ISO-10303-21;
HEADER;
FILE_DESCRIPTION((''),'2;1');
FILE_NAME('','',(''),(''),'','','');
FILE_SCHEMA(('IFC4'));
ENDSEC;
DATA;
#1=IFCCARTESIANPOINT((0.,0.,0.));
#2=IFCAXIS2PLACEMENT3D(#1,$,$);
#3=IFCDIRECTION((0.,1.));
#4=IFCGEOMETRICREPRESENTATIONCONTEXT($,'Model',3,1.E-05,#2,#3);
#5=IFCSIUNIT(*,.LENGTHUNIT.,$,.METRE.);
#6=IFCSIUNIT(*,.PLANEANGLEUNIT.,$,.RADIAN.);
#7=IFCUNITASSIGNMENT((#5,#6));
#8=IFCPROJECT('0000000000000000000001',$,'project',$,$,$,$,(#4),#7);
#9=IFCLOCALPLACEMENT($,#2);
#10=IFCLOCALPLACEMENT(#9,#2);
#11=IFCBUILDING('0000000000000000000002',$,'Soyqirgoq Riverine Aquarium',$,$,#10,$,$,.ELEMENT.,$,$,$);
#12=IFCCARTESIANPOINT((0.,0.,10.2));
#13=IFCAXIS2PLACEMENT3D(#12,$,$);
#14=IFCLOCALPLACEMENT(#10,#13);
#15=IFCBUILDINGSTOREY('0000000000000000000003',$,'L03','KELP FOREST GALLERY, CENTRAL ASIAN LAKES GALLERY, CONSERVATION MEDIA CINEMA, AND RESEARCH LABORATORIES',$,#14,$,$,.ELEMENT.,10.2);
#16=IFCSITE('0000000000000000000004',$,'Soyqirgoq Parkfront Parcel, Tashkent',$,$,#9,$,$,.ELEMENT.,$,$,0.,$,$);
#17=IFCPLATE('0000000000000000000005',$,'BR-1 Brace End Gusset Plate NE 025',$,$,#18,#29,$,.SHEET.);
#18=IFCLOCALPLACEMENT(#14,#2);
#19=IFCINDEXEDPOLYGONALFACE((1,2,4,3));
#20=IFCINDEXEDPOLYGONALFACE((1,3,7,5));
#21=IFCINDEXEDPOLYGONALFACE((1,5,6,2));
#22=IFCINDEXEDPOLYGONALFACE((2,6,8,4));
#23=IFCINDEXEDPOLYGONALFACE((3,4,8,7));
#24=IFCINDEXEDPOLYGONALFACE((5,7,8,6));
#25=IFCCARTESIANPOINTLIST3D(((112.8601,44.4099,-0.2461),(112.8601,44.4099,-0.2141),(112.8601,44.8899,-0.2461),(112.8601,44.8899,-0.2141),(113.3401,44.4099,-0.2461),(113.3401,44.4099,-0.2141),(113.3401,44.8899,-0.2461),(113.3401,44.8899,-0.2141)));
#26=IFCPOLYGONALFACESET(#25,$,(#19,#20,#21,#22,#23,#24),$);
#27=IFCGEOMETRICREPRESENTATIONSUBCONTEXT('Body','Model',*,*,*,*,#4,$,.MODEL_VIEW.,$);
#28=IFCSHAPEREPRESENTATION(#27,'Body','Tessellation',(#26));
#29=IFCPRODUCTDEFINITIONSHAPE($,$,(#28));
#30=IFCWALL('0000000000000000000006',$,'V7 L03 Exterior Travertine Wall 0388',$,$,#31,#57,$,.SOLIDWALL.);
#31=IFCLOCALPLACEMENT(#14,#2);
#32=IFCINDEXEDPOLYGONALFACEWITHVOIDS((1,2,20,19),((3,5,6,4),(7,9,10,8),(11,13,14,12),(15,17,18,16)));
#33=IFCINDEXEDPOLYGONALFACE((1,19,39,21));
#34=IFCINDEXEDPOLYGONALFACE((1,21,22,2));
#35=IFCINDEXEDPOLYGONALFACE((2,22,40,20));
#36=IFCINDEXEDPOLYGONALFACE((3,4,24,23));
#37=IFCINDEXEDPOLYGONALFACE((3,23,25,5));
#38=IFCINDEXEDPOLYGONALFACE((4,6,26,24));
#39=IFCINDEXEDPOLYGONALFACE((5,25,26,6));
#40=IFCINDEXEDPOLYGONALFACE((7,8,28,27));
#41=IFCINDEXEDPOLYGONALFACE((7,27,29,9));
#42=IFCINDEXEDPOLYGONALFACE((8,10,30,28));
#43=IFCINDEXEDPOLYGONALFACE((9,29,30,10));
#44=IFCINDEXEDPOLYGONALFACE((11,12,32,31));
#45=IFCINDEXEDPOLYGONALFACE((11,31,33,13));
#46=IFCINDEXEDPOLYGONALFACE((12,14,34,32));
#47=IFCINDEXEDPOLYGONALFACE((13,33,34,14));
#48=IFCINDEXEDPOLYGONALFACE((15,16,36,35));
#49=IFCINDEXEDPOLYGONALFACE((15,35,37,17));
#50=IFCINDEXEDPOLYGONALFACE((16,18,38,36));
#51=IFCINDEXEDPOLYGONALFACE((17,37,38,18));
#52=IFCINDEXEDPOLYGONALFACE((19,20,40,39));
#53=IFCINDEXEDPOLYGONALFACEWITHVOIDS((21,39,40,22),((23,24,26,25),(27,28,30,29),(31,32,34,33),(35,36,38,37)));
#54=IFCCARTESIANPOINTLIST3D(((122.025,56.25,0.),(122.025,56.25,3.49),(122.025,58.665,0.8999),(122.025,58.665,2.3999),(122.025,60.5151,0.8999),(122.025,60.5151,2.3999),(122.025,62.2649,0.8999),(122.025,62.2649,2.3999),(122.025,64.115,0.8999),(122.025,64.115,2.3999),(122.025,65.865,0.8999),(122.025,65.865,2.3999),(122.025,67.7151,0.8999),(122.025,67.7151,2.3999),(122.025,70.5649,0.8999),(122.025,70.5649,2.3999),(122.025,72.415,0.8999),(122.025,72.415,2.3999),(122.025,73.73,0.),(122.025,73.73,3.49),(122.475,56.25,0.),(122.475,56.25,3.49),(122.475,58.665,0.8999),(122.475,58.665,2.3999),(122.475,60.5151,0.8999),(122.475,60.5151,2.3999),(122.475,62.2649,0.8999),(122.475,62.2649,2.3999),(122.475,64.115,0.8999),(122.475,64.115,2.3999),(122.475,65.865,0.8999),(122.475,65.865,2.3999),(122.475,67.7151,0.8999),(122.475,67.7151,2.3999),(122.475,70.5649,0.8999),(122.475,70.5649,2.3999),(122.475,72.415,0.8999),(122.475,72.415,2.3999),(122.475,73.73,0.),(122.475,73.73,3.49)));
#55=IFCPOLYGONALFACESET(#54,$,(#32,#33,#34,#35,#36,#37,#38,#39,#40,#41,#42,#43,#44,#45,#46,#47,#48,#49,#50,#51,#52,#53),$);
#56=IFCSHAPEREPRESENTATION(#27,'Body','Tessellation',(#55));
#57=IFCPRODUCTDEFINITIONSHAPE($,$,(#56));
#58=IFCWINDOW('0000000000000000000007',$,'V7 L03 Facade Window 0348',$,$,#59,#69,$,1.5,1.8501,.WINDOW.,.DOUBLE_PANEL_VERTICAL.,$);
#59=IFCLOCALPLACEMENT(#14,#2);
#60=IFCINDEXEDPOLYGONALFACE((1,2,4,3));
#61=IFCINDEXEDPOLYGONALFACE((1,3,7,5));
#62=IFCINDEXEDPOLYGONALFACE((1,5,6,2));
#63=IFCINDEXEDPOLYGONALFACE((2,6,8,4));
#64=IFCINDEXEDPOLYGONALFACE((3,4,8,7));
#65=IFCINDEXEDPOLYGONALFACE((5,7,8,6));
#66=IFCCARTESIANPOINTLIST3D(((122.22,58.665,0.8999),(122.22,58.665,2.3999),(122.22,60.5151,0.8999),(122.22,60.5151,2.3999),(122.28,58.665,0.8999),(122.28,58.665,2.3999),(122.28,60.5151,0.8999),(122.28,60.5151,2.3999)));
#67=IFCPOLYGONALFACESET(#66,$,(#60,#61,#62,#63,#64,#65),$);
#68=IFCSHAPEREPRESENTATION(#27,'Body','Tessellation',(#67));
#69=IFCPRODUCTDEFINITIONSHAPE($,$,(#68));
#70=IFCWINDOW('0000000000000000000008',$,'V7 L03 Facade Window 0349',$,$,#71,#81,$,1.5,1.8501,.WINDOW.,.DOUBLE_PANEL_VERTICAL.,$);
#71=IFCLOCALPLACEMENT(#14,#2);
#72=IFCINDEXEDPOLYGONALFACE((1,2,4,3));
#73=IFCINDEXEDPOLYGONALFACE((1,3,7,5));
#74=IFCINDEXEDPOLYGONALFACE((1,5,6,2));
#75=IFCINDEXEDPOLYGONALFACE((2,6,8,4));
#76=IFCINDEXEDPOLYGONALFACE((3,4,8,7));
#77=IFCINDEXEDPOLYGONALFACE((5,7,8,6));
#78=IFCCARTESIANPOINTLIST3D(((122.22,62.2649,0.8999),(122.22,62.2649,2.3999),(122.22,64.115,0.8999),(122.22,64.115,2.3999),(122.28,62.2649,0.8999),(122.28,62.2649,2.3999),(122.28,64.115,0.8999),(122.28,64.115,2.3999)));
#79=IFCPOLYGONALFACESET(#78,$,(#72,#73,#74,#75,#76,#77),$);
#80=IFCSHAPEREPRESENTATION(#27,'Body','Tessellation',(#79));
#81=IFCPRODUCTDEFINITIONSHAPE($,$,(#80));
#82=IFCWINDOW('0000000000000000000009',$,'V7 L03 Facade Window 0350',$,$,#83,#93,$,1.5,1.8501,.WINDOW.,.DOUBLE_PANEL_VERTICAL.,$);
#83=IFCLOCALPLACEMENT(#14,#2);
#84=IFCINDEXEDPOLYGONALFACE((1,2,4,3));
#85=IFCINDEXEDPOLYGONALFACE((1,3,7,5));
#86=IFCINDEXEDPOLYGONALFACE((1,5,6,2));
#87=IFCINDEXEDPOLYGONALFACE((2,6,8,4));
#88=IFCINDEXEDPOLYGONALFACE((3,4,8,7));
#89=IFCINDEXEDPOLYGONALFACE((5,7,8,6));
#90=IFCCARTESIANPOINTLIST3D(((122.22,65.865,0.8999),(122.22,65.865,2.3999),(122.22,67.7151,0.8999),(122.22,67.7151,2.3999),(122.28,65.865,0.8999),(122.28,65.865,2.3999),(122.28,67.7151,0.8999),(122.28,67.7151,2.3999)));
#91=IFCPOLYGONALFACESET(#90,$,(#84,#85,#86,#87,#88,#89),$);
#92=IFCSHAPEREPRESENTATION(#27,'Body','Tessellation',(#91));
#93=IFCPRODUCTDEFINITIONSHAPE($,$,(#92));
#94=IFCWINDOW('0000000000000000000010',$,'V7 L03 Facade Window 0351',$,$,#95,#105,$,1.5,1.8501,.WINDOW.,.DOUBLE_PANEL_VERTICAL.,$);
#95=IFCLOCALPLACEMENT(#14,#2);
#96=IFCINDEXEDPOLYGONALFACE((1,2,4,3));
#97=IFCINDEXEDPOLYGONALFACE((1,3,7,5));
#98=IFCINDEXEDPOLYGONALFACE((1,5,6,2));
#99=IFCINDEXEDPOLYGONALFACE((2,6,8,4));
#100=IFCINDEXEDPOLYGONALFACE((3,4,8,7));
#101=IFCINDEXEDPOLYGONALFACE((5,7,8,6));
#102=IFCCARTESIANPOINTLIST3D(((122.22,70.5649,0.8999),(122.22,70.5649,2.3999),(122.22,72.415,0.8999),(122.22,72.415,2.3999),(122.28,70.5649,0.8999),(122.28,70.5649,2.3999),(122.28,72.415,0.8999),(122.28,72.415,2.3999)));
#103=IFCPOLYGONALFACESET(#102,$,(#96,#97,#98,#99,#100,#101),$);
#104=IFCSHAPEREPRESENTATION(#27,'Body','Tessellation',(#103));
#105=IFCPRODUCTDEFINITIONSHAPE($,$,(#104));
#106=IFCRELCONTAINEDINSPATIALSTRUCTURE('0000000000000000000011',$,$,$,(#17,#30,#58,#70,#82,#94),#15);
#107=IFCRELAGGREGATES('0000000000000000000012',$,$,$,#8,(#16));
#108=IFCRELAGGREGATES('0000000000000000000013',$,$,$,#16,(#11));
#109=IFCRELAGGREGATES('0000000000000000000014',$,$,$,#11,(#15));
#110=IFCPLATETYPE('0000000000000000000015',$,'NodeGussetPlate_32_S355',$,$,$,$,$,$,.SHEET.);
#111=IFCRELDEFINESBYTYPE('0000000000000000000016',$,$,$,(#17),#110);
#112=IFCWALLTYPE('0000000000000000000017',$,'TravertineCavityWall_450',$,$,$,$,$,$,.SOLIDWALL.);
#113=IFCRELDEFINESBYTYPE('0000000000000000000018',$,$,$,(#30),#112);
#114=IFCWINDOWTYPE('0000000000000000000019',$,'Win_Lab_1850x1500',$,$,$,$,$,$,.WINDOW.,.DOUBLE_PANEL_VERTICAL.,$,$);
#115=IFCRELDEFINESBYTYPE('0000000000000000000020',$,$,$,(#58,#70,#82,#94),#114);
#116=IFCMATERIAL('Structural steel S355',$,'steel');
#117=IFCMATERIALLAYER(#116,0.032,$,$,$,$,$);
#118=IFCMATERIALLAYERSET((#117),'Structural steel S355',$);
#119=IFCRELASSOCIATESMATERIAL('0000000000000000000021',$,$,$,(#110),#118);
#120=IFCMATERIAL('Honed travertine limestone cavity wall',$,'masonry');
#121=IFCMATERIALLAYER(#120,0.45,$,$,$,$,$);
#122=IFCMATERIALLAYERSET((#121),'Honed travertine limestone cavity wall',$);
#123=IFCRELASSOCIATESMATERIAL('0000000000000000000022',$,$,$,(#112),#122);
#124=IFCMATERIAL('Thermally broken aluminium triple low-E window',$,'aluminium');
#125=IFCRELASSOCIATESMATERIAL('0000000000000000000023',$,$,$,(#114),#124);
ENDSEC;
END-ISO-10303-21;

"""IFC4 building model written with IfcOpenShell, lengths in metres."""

from ifc_helpers import new_model, si_unit, direction, frame, frame_2d, origin, origin_2d, place, context, subcontext, project, spatial, rectangle, extrude, material, layer, layer_set, type_object, element, fill, save


model = new_model("IFC4")

# Units and contexts
model_context = context("Model", 3, precision=1e-05, world=origin(), true_north=direction((0.0, 1.0)))
body_context = subcontext(model_context, "Body", "Model", "MODEL_VIEW")
ifc_project = project(units=[si_unit("LENGTHUNIT", "METRE"), si_unit("PLANEANGLEUNIT", "RADIAN")], contexts=[model_context])

# Site, building, storey
site_placement = place(None, origin())
site = spatial("IfcSite", under=ifc_project, at=site_placement, Name="Soyqirgoq Parkfront Parcel, Tashkent", CompositionType="ELEMENT", RefElevation=0.0)
building_placement = place(site_placement, origin())
building = spatial("IfcBuilding", under=site, at=building_placement, Name="Soyqirgoq Riverine Aquarium", CompositionType="ELEMENT")
storey_placement = place(building_placement, frame((0.0, 0.0, 10.2)))
storey = spatial("IfcBuildingStorey", under=building, at=storey_placement, Name="L03", Description="KELP FOREST GALLERY, CENTRAL ASIAN LAKES GALLERY, CONSERVATION MEDIA CINEMA, AND RESEARCH LABORATORIES", CompositionType="ELEMENT", Elevation=10.2)

# Plate
ifc_material_1 = material(Name="Structural steel S355", Category="steel")
ifc_layer_1 = layer(ifc_material_1, 0.032)
ifc_layer_set_1 = layer_set([ifc_layer_1], Name="Structural steel S355")
plate_type_1 = type_object("IfcPlateType", Name="NodeGussetPlate_32_S355", PredefinedType="SHEET", material=ifc_layer_set_1)
for number, where, z_axis, x_axis, name in (
    (1, (113.1001, 44.6499, -0.2461), (0.0, 0.0, 1.0), (1.0, 0.0, 0.0), "BR-1 Brace End Gusset Plate NE 025"),
):
    element("IfcPlate", number, at=place(storey_placement, frame(where, z_axis=z_axis, x_axis=x_axis)), inside=storey, type_object=plate_type_1, Name=name, PredefinedType="SHEET", context=body_context, shape_type="SweptSolid", body=[
        extrude(rectangle(XDim=0.48, YDim=0.48, at=origin_2d()), origin(), (0.0, 0.0, 1.0), 0.032),
    ])

# Wall, openings, windows
ifc_material_2 = material(Name="Honed travertine limestone cavity wall", Category="masonry")
ifc_layer_2 = layer(ifc_material_2, 0.45)
ifc_layer_set_2 = layer_set([ifc_layer_2], Name="Honed travertine limestone cavity wall")
wall_type = type_object("IfcWallType", Name="TravertineCavityWall_450", PredefinedType="SOLIDWALL", material=ifc_layer_set_2)
wall_placement = place(storey_placement, frame((122.25, 56.25, 0.0), z_axis=(0.0, 0.0, 1.0), x_axis=(0.0, 1.0, 0.0)))
wall = element("IfcWall", 2, at=wall_placement, inside=storey, type_object=wall_type, Name="V7 L03 Exterior Travertine Wall 0388", PredefinedType="SOLIDWALL", context=body_context, shape_type="SweptSolid", body=[
    extrude(rectangle(XDim=17.48, YDim=0.45, at=frame_2d((8.74, 0.0))), origin(), (0.0, 0.0, 1.0), 3.49),
])
opening_1_placement = place(wall_placement, frame((2.415, 0.0, 0.8999)))
opening_1 = element("IfcOpeningElement", 3, at=opening_1_placement, cuts=wall, PredefinedType="OPENING", context=body_context, shape_type="SweptSolid", body=[
    extrude(rectangle(XDim=1.8501, YDim=1.5, at=frame_2d((0.925, 0.75))), frame((0.0, 0.2349, 0.0), z_axis=(0.0, -1.0, 0.0), x_axis=(1.0, 0.0, 0.0)), (0.0, 0.0, 1.0), 0.47),
])
opening_2_placement = place(wall_placement, frame((6.0149, 0.0, 0.8999)))
opening_2 = element("IfcOpeningElement", 4, at=opening_2_placement, cuts=wall, PredefinedType="OPENING", context=body_context, shape_type="SweptSolid", body=[
    extrude(rectangle(XDim=1.8501, YDim=1.5, at=frame_2d((0.925, 0.75))), frame((0.0, 0.2349, 0.0), z_axis=(0.0, -1.0, 0.0), x_axis=(1.0, 0.0, 0.0)), (0.0, 0.0, 1.0), 0.47),
])
opening_3_placement = place(wall_placement, frame((9.615, 0.0, 0.8999)))
opening_3 = element("IfcOpeningElement", 5, at=opening_3_placement, cuts=wall, PredefinedType="OPENING", context=body_context, shape_type="SweptSolid", body=[
    extrude(rectangle(XDim=1.8501, YDim=1.5, at=frame_2d((0.925, 0.75))), frame((0.0, 0.2349, 0.0), z_axis=(0.0, -1.0, 0.0), x_axis=(1.0, 0.0, 0.0)), (0.0, 0.0, 1.0), 0.47),
])
opening_4_placement = place(wall_placement, frame((14.3149, 0.0, 0.8999)))
opening_4 = element("IfcOpeningElement", 6, at=opening_4_placement, cuts=wall, PredefinedType="OPENING", context=body_context, shape_type="SweptSolid", body=[
    extrude(rectangle(XDim=1.8501, YDim=1.5, at=frame_2d((0.925, 0.75))), frame((0.0, 0.2349, 0.0), z_axis=(0.0, -1.0, 0.0), x_axis=(1.0, 0.0, 0.0)), (0.0, 0.0, 1.0), 0.47),
])
ifc_material_3 = material(Name="Thermally broken aluminium triple low-E window", Category="aluminium")
window_type = type_object("IfcWindowType", Name="Win_Lab_1850x1500", PartitioningType="DOUBLE_PANEL_VERTICAL", PredefinedType="WINDOW", material=ifc_material_3)
window_1_placement = place(opening_1_placement, origin())
window_1 = element("IfcWindow", 7, at=window_1_placement, inside=storey, type_object=window_type, Name="V7 L03 Facade Window 0348", OverallHeight=1.5, OverallWidth=1.8501, PartitioningType="DOUBLE_PANEL_VERTICAL", PredefinedType="WINDOW", context=body_context, shape_type="SweptSolid", body=[
    extrude(rectangle(XDim=1.8501, YDim=1.5, at=frame_2d((0.925, 0.75))), frame((0.0, 0.03, 0.0), z_axis=(0.0, -1.0, 0.0), x_axis=(1.0, 0.0, 0.0)), (0.0, 0.0, 1.0), 0.0601),
])
fill(opening_1, window_1)
window_2_placement = place(opening_2_placement, origin())
window_2 = element("IfcWindow", 8, at=window_2_placement, inside=storey, type_object=window_type, Name="V7 L03 Facade Window 0349", OverallHeight=1.5, OverallWidth=1.8501, PartitioningType="DOUBLE_PANEL_VERTICAL", PredefinedType="WINDOW", context=body_context, shape_type="SweptSolid", body=[
    extrude(rectangle(XDim=1.8501, YDim=1.5, at=frame_2d((0.925, 0.75))), frame((0.0, 0.03, 0.0), z_axis=(0.0, -1.0, 0.0), x_axis=(1.0, 0.0, 0.0)), (0.0, 0.0, 1.0), 0.0601),
])
fill(opening_2, window_2)
window_3_placement = place(opening_3_placement, origin())
window_3 = element("IfcWindow", 9, at=window_3_placement, inside=storey, type_object=window_type, Name="V7 L03 Facade Window 0350", OverallHeight=1.5, OverallWidth=1.8501, PartitioningType="DOUBLE_PANEL_VERTICAL", PredefinedType="WINDOW", context=body_context, shape_type="SweptSolid", body=[
    extrude(rectangle(XDim=1.8501, YDim=1.5, at=frame_2d((0.925, 0.75))), frame((0.0, 0.03, 0.0), z_axis=(0.0, -1.0, 0.0), x_axis=(1.0, 0.0, 0.0)), (0.0, 0.0, 1.0), 0.0601),
])
fill(opening_3, window_3)
window_4_placement = place(opening_4_placement, origin())
window_4 = element("IfcWindow", 10, at=window_4_placement, inside=storey, type_object=window_type, Name="V7 L03 Facade Window 0351", OverallHeight=1.5, OverallWidth=1.8501, PartitioningType="DOUBLE_PANEL_VERTICAL", PredefinedType="WINDOW", context=body_context, shape_type="SweptSolid", body=[
    extrude(rectangle(XDim=1.8501, YDim=1.5, at=frame_2d((0.925, 0.75))), frame((0.0, 0.03, 0.0), z_axis=(0.0, -1.0, 0.0), x_axis=(1.0, 0.0, 0.0)), (0.0, 0.0, 1.0), 0.0601),
])
fill(opening_4, window_4)

save(model, "model.ifc")
